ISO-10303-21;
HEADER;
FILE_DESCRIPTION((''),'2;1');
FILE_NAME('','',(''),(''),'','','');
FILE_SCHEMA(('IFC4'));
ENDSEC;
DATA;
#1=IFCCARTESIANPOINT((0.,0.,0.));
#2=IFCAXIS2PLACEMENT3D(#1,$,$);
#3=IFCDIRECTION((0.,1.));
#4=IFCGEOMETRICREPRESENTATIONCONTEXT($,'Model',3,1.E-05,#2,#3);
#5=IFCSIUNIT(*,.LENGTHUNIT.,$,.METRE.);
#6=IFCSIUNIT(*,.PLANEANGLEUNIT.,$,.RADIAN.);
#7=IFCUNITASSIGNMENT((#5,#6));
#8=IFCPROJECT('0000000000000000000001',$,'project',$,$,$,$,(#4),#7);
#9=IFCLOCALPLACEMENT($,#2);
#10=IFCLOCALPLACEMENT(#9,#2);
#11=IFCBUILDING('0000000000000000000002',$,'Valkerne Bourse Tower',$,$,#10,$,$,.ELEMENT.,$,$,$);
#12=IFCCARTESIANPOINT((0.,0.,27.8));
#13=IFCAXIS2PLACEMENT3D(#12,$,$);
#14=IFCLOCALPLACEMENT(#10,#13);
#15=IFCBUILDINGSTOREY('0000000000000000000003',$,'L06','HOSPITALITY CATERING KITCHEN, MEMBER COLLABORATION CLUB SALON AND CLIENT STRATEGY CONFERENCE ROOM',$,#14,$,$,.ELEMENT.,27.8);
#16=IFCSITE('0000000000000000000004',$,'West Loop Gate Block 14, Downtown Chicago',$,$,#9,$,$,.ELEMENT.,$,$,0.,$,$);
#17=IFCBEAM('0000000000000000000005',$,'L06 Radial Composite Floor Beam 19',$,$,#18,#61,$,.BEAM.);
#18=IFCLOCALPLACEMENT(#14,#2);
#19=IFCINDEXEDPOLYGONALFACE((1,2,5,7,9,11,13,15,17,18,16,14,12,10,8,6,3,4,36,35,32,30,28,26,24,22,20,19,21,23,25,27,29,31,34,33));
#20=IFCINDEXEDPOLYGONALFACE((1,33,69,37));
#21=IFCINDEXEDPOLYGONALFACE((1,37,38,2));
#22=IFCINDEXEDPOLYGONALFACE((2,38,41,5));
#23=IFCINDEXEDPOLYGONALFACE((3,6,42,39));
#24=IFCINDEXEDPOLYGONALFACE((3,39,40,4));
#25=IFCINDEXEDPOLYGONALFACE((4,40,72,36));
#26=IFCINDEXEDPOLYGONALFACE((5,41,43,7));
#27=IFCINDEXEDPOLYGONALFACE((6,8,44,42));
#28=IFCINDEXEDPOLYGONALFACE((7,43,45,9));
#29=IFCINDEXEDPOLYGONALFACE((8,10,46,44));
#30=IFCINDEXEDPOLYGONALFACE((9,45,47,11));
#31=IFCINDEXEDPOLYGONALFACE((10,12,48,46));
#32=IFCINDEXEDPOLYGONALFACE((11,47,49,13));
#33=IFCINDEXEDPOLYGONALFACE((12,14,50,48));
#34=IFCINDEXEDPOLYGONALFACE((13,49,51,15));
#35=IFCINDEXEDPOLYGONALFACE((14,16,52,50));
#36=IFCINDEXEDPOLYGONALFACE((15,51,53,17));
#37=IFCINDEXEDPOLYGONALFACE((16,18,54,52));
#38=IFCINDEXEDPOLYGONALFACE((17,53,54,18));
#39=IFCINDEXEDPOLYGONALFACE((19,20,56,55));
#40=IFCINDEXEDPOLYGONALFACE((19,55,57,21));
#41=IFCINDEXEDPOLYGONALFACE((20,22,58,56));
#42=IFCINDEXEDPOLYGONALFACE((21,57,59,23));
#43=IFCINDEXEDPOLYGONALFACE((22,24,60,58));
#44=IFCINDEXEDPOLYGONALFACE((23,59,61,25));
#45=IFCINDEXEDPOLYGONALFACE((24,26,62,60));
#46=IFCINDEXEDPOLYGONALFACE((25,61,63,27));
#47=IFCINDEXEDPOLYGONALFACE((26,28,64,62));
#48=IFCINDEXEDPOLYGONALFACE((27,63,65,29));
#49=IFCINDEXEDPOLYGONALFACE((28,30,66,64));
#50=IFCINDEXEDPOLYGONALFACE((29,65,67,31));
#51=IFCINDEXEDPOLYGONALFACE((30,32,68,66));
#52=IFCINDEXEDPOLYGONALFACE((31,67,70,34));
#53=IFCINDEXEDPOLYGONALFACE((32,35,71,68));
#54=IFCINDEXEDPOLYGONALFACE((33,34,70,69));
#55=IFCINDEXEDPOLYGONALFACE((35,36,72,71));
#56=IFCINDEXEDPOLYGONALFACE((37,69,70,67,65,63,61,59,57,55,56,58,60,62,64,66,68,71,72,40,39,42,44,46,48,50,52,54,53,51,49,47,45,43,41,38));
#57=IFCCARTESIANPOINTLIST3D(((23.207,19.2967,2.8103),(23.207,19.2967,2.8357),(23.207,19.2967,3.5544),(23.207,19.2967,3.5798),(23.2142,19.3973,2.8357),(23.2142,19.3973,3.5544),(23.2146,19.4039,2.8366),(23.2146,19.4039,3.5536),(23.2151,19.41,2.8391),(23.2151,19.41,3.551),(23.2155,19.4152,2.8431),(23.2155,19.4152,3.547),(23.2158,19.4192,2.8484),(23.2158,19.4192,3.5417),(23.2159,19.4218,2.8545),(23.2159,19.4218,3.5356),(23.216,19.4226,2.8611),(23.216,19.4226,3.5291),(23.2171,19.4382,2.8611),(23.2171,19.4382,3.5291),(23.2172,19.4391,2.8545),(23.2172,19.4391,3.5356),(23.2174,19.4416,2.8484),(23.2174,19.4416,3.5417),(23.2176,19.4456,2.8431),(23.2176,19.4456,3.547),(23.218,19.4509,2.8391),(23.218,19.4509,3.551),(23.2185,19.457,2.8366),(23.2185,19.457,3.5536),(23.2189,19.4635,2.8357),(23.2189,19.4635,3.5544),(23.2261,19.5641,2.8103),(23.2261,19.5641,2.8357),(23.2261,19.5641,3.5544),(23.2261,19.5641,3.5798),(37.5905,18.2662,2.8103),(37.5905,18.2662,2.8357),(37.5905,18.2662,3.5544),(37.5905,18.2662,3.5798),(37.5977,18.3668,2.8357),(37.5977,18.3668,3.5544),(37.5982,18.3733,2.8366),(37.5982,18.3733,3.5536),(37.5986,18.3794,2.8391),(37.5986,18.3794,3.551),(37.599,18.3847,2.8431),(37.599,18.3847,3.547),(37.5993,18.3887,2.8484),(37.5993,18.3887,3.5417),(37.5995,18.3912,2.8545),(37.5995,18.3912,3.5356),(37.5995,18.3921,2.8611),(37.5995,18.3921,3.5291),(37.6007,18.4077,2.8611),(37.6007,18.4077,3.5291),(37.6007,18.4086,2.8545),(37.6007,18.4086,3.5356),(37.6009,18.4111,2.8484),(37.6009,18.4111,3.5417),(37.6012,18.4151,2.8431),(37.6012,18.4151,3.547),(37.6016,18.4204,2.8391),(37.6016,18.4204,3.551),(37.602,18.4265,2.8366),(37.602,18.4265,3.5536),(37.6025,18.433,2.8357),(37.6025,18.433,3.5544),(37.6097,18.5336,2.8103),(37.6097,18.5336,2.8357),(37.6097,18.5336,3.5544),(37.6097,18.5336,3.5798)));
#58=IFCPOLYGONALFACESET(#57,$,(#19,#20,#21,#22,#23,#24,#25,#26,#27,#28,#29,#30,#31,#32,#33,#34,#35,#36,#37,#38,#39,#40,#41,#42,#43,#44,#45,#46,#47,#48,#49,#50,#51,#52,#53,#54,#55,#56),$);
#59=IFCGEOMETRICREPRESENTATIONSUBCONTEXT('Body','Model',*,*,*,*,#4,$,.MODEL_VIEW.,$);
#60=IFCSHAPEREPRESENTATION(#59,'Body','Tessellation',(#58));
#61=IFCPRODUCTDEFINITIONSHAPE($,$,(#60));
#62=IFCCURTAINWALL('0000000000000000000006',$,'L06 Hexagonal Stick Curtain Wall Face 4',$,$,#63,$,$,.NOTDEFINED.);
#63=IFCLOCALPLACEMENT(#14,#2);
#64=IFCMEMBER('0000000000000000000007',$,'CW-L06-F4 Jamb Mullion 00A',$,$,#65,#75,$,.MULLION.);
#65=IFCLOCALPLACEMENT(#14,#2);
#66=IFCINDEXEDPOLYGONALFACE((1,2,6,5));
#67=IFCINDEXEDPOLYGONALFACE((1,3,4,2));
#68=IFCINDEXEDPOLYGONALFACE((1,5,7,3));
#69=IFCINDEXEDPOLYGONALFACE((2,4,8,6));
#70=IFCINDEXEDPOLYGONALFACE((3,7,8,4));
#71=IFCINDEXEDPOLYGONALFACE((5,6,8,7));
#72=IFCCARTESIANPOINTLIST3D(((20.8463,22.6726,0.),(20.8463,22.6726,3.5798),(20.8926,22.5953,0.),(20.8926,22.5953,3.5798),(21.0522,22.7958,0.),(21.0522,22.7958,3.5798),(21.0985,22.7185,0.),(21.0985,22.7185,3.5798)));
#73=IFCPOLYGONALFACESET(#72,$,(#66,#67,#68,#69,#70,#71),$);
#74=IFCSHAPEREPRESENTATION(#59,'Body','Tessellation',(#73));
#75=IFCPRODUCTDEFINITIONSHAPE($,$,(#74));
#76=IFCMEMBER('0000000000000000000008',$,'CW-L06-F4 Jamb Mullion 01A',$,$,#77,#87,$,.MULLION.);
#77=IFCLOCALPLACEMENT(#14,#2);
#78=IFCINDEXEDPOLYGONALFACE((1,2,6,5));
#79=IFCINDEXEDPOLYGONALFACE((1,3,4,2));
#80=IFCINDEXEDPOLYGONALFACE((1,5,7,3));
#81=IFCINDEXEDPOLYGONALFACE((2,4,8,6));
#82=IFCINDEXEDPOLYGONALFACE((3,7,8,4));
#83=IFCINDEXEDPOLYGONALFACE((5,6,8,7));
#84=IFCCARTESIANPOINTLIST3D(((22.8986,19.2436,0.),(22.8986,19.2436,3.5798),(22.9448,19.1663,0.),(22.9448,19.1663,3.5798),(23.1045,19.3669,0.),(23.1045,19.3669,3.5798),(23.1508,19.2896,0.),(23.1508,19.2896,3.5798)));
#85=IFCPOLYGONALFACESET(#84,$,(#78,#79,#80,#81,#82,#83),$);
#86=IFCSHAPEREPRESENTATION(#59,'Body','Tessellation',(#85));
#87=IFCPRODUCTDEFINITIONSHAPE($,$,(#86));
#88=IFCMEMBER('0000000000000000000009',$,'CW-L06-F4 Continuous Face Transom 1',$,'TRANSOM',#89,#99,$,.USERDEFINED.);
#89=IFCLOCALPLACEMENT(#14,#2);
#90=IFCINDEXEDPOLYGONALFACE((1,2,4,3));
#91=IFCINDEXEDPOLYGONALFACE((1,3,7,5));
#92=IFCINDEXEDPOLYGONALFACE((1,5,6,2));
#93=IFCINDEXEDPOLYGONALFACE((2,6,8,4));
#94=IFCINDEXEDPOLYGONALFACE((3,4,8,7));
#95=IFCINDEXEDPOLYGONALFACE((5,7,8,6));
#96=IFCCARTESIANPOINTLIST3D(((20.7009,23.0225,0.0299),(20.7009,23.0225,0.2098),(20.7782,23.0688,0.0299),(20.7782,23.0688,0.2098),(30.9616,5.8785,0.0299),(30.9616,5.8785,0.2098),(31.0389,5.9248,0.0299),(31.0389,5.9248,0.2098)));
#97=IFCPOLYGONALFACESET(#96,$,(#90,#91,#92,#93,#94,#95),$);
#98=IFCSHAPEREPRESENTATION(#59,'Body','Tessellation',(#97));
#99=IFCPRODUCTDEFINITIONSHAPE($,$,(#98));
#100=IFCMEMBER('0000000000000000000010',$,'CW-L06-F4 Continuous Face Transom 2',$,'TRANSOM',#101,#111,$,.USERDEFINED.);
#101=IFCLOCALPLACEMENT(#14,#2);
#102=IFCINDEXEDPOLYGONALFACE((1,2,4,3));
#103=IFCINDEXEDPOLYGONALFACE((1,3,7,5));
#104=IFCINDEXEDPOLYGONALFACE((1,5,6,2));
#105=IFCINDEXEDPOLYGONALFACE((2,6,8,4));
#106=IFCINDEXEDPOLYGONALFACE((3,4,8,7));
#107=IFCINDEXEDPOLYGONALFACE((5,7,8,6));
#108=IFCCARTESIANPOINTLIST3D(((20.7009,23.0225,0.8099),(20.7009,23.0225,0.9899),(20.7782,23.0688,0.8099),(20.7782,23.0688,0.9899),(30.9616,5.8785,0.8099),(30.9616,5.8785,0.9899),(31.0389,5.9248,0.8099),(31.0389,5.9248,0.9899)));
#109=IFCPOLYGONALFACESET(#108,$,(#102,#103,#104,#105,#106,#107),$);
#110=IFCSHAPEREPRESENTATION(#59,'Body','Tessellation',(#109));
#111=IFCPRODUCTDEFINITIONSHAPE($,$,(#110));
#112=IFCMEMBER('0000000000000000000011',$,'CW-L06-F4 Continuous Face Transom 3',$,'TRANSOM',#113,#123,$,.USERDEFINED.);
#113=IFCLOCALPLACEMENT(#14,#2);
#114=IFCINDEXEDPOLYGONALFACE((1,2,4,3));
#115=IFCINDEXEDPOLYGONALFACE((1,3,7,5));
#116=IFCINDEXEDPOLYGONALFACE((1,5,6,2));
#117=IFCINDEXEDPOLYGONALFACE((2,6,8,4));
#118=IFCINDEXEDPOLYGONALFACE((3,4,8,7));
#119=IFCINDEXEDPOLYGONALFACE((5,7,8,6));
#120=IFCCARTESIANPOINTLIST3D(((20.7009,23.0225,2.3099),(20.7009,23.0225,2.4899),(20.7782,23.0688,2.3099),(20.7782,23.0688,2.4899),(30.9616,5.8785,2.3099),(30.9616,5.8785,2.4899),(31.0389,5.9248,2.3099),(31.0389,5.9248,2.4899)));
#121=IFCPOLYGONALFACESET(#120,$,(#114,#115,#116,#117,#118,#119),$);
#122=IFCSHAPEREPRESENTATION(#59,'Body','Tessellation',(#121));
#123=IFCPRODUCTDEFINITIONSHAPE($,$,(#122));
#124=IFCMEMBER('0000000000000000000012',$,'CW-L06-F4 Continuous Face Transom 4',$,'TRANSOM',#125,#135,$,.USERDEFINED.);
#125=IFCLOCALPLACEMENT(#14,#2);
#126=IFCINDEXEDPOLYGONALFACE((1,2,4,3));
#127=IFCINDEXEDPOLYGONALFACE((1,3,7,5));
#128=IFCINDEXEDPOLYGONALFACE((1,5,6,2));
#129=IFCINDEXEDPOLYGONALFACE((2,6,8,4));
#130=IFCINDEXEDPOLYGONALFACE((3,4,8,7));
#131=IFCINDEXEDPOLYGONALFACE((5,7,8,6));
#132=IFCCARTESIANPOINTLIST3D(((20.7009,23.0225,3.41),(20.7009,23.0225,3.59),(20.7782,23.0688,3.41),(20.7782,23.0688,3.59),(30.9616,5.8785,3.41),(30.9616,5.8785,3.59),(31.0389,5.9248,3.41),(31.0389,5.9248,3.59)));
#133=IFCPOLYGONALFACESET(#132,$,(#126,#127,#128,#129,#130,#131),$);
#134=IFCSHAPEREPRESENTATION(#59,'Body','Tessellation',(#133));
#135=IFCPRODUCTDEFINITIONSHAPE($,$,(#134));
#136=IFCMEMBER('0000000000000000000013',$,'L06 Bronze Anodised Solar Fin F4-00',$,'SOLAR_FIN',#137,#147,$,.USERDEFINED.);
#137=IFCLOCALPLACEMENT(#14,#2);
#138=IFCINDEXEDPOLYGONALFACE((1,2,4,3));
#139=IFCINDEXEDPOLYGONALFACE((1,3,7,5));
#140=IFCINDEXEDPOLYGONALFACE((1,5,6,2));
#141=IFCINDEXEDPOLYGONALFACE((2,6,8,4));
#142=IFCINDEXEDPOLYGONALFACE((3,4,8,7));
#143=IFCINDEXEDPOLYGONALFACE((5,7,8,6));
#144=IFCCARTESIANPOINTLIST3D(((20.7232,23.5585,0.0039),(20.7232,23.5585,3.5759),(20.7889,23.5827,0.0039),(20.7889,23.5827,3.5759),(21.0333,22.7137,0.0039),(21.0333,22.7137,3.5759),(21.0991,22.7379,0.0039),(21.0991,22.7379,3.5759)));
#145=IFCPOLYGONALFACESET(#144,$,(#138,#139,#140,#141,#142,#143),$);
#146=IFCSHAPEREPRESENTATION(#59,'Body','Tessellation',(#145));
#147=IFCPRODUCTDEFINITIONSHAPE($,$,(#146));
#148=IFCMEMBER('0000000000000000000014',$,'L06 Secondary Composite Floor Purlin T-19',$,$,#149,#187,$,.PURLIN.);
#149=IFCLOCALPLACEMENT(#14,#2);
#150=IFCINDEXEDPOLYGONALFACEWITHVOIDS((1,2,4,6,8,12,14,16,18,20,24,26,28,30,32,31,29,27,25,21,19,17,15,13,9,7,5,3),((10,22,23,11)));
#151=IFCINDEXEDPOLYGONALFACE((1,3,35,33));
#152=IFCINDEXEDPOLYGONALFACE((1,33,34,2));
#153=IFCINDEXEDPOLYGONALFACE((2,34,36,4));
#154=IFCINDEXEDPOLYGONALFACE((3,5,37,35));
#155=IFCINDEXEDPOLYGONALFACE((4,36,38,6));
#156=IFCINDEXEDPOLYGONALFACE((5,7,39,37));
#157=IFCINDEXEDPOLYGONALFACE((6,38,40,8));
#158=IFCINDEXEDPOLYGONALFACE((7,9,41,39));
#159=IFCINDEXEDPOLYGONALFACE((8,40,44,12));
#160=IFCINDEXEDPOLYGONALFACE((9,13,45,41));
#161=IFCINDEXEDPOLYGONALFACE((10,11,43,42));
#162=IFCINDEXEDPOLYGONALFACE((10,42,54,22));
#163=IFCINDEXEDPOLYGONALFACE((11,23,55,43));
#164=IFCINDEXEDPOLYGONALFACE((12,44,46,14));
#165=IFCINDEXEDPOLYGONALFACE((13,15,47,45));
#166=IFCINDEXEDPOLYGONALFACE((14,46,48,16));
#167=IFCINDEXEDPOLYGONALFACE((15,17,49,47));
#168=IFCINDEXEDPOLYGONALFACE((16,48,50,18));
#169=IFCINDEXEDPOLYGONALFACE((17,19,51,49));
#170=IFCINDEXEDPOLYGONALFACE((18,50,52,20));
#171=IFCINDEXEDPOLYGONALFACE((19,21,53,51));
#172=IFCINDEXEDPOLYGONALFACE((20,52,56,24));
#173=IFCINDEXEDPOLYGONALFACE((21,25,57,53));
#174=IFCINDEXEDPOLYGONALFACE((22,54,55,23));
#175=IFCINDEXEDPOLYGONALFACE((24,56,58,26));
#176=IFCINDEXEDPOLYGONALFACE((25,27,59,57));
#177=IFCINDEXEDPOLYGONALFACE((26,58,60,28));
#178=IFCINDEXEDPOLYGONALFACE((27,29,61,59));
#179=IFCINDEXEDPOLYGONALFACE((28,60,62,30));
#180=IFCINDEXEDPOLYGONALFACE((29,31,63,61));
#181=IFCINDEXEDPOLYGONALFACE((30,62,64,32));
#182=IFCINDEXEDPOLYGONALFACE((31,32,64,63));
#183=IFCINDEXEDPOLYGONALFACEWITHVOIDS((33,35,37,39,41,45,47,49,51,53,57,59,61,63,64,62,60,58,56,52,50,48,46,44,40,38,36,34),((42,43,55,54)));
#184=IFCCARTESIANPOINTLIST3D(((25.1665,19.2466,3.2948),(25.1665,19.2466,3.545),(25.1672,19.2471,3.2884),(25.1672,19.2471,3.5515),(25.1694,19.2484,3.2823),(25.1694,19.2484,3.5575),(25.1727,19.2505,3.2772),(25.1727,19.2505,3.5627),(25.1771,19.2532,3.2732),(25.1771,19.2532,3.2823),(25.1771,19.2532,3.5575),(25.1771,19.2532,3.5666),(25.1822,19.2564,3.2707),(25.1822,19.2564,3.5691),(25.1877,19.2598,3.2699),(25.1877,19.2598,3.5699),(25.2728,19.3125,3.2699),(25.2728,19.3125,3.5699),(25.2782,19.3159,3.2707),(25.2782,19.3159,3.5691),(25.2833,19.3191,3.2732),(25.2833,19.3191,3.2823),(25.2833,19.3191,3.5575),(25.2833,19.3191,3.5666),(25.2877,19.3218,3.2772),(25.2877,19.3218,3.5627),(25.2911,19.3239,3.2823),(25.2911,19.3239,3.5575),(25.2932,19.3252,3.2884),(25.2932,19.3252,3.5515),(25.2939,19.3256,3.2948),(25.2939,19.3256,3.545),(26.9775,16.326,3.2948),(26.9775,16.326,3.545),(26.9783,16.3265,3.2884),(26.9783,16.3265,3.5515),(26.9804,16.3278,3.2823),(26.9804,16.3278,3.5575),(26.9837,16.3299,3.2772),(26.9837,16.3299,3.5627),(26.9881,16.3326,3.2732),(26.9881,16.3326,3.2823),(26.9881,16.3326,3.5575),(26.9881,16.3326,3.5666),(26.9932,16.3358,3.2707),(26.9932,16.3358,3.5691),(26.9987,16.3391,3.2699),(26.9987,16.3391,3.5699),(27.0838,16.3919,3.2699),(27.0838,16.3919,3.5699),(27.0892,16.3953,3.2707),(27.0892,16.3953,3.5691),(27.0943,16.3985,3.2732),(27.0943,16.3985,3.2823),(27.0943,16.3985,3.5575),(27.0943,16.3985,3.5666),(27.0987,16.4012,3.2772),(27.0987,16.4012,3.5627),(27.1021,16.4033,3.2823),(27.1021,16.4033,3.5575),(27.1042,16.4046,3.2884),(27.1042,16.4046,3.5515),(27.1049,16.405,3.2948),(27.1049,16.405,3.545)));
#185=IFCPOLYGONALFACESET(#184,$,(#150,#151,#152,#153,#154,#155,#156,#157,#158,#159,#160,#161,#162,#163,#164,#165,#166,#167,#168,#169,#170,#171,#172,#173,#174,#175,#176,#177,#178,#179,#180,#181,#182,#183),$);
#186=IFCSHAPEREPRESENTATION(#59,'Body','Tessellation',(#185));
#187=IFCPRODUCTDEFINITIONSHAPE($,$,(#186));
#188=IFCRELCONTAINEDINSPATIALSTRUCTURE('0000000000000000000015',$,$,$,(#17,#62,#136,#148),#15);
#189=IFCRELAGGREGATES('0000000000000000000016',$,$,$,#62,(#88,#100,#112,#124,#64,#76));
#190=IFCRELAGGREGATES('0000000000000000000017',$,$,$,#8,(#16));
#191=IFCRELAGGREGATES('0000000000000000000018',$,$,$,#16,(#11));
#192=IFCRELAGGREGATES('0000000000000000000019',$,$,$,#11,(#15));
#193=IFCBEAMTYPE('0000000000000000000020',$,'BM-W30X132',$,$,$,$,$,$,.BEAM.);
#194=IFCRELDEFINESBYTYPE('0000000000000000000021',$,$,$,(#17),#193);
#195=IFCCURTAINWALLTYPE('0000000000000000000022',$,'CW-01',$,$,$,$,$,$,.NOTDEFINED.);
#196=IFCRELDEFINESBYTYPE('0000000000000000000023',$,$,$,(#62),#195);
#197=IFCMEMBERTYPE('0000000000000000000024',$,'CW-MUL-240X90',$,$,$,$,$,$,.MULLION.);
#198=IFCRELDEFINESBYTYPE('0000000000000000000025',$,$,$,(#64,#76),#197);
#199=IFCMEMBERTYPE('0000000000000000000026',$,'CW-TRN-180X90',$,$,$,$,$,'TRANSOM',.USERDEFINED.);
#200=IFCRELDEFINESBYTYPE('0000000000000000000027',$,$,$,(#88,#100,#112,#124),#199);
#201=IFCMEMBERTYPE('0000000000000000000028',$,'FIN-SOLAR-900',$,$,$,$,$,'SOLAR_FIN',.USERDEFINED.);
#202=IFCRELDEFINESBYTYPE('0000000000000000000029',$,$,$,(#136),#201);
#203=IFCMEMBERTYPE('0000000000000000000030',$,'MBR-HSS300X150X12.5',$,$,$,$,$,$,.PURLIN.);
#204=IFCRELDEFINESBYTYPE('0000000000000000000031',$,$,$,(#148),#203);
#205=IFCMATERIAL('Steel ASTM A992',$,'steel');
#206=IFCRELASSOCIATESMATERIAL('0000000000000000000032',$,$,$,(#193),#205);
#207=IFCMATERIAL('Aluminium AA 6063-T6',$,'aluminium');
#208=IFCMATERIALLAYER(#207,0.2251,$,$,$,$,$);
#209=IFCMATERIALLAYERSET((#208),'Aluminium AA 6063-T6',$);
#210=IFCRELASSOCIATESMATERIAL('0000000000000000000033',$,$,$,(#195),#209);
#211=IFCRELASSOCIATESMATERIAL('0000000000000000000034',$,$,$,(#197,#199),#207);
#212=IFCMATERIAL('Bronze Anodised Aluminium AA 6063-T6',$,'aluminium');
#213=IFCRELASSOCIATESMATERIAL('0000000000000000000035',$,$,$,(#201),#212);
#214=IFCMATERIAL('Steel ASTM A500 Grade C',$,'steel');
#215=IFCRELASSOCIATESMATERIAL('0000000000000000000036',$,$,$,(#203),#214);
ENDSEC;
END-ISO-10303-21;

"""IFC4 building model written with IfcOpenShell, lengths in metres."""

from ifc_helpers import new_model, si_unit, direction, frame, origin, origin_2d, place, context, subcontext, project, spatial, rectangle, hollow_rectangle, i_section, extrude, material, layer, layer_set, material_profile, profile_set, type_object, element, aggregate, save


model = new_model("IFC4")

# Units and contexts
model_context = context("Model", 3, precision=1e-05, world=origin(), true_north=direction((0.0, 1.0)))
body_context = subcontext(model_context, "Body", "Model", "MODEL_VIEW")
ifc_project = project(units=[si_unit("LENGTHUNIT", "METRE"), si_unit("PLANEANGLEUNIT", "RADIAN")], contexts=[model_context])

# Site, building, storey
site_placement = place(None, origin())
site = spatial("IfcSite", under=ifc_project, at=site_placement, Name="West Loop Gate Block 14, Downtown Chicago", CompositionType="ELEMENT", RefElevation=0.0)
building_placement = place(site_placement, origin())
building = spatial("IfcBuilding", under=site, at=building_placement, Name="Valkerne Bourse Tower", CompositionType="ELEMENT")
storey_placement = place(building_placement, frame((0.0, 0.0, 27.8)))
storey = spatial("IfcBuildingStorey", under=building, at=storey_placement, Name="L06", Description="HOSPITALITY CATERING KITCHEN, MEMBER COLLABORATION CLUB SALON AND CLIENT STRATEGY CONFERENCE ROOM", CompositionType="ELEMENT", Elevation=27.8)

# Beam
ifc_material_1 = material(Name="Steel ASTM A992", Category="steel")
ifc_material_profile_1 = material_profile(ifc_material_1, i_section(OverallWidth=0.2681, OverallDepth=0.7695, WebThickness=0.0156, FlangeThickness=0.0254, FilletRadius=0.0254, at=origin_2d()), Name="W30X132")
ifc_profile_set_1 = profile_set([ifc_material_profile_1], Name="Steel ASTM A992")
beam_type_1 = type_object("IfcBeamType", Name="BM-W30X132", PredefinedType="BEAM", material=ifc_profile_set_1)
beam_placement = place(storey_placement, frame((23.2166, 19.4304, 3.1951), z_axis=(0.997443, -0.071462, 0.0), x_axis=(0.071462, 0.997443, 0.0)))
element("IfcBeam", 1, at=beam_placement, inside=storey, type_object=beam_type_1, Name="L06 Radial Composite Floor Beam 19", PredefinedType="BEAM", context=body_context, shape_type="SweptSolid", body=[
    extrude(i_section(OverallWidth=0.2681, OverallDepth=0.7695, WebThickness=0.0156, FlangeThickness=0.0254, FilletRadius=0.0254, at=origin_2d()), origin(), (0.0, 0.0, 1.0), 14.4204),
])

# Curtain wall, members
ifc_material_2 = material(Name="Aluminium AA 6063-T6", Category="aluminium")
ifc_layer_1 = layer(ifc_material_2, 0.2251)
ifc_layer_set_1 = layer_set([ifc_layer_1], Name="Aluminium AA 6063-T6")
curtain_wall_type = type_object("IfcCurtainWallType", Name="CW-01", PredefinedType="NOTDEFINED", material=ifc_layer_set_1)
curtain_wall_placement = place(storey_placement, origin())
curtain_wall = element("IfcCurtainWall", 2, at=curtain_wall_placement, inside=storey, type_object=curtain_wall_type, Name="L06 Hexagonal Stick Curtain Wall Face 4", PredefinedType="NOTDEFINED")
ifc_material_profile_2 = material_profile(ifc_material_2, rectangle(XDim=0.0901, YDim=0.24, at=origin_2d()), Name="CWM-90X240")
ifc_profile_set_2 = profile_set([ifc_material_profile_2], Name="Aluminium AA 6063-T6")
member_type_1 = type_object("IfcMemberType", Name="CW-MUL-240X90", PredefinedType="MULLION", material=ifc_profile_set_2)
member_1_placement = place(storey_placement, frame((20.9724, 22.6956, 0.0), z_axis=(0.0, 0.0, 1.0), x_axis=(0.513542, -0.858064, 0.0)))
member_1 = element("IfcMember", 3, at=member_1_placement, type_object=member_type_1, Name="CW-L06-F4 Jamb Mullion 00A", PredefinedType="MULLION", context=body_context, shape_type="SweptSolid", body=[
    extrude(rectangle(XDim=0.0901, YDim=0.24, at=origin_2d()), origin(), (0.0, 0.0, 1.0), 3.5798),
])
member_2_placement = place(storey_placement, frame((23.0247, 19.2666, 0.0), z_axis=(0.0, 0.0, 1.0), x_axis=(0.513561, -0.858053, 0.0)))
member_2 = element("IfcMember", 4, at=member_2_placement, type_object=member_type_1, Name="CW-L06-F4 Jamb Mullion 01A", PredefinedType="MULLION", context=body_context, shape_type="SweptSolid", body=[
    extrude(rectangle(XDim=0.0901, YDim=0.24, at=origin_2d()), origin(), (0.0, 0.0, 1.0), 3.5798),
])
ifc_material_profile_3 = material_profile(ifc_material_2, rectangle(XDim=0.0901, YDim=0.1799, at=origin_2d()), Name="CWT-90X180")
ifc_profile_set_3 = profile_set([ifc_material_profile_3], Name="Aluminium AA 6063-T6")
member_type_2 = type_object("IfcMemberType", Name="CW-TRN-180X90", ElementType="TRANSOM", PredefinedType="USERDEFINED", material=ifc_profile_set_3)
member_3_placement = place(storey_placement, frame((20.7395, 23.0457, 0.1199), z_axis=(0.51355, -0.85806, 0.0), x_axis=(0.85806, 0.51355, 0.0)))
member_3 = element("IfcMember", 5, at=member_3_placement, type_object=member_type_2, Name="CW-L06-F4 Continuous Face Transom 1", ObjectType="TRANSOM", PredefinedType="USERDEFINED", context=body_context, shape_type="SweptSolid", body=[
    extrude(rectangle(XDim=0.0901, YDim=0.1799, at=origin_2d()), origin(), (0.0, 0.0, 1.0), 19.98),
])
member_4_placement = place(storey_placement, frame((20.7395, 23.0457, 0.8999), z_axis=(0.51355, -0.85806, 0.0), x_axis=(0.85806, 0.51355, 0.0)))
member_4 = element("IfcMember", 6, at=member_4_placement, type_object=member_type_2, Name="CW-L06-F4 Continuous Face Transom 2", ObjectType="TRANSOM", PredefinedType="USERDEFINED", context=body_context, shape_type="SweptSolid", body=[
    extrude(rectangle(XDim=0.0901, YDim=0.1799, at=origin_2d()), origin(), (0.0, 0.0, 1.0), 19.98),
])
member_5_placement = place(storey_placement, frame((20.7395, 23.0457, 2.3999), z_axis=(0.51355, -0.85806, 0.0), x_axis=(0.85806, 0.51355, 0.0)))
member_5 = element("IfcMember", 7, at=member_5_placement, type_object=member_type_2, Name="CW-L06-F4 Continuous Face Transom 3", ObjectType="TRANSOM", PredefinedType="USERDEFINED", context=body_context, shape_type="SweptSolid", body=[
    extrude(rectangle(XDim=0.0901, YDim=0.1799, at=origin_2d()), origin(), (0.0, 0.0, 1.0), 19.98),
])
member_6_placement = place(storey_placement, frame((20.7395, 23.0457, 3.5), z_axis=(0.51355, -0.85806, 0.0), x_axis=(0.85806, 0.51355, 0.0)))
member_6 = element("IfcMember", 8, at=member_6_placement, type_object=member_type_2, Name="CW-L06-F4 Continuous Face Transom 4", ObjectType="TRANSOM", PredefinedType="USERDEFINED", context=body_context, shape_type="SweptSolid", body=[
    extrude(rectangle(XDim=0.0901, YDim=0.1799, at=origin_2d()), origin(), (0.0, 0.0, 1.0), 19.98),
])

# Members
ifc_material_3 = material(Name="Bronze Anodised Aluminium AA 6063-T6", Category="aluminium")
ifc_material_profile_4 = material_profile(ifc_material_3, rectangle(XDim=0.0701, YDim=0.8999, at=origin_2d()), Name="FIN-70X900")
ifc_profile_set_4 = profile_set([ifc_material_profile_4], Name="Bronze Anodised Aluminium AA 6063-T6")
member_type_3 = type_object("IfcMemberType", Name="FIN-SOLAR-900", ElementType="SOLAR_FIN", PredefinedType="USERDEFINED", material=ifc_profile_set_4)
member_7_placement = place(storey_placement, frame((20.9111, 23.1482, 0.0039), z_axis=(0.0, 0.0, 1.0), x_axis=(-0.938735, -0.344639, 0.0)))
element("IfcMember", 9, at=member_7_placement, inside=storey, type_object=member_type_3, Name="L06 Bronze Anodised Solar Fin F4-00", ObjectType="SOLAR_FIN", PredefinedType="USERDEFINED", context=body_context, shape_type="SweptSolid", body=[
    extrude(rectangle(XDim=0.0701, YDim=0.8999, at=origin_2d()), origin(), (0.0, 0.0, 1.0), 3.572),
])
ifc_material_4 = material(Name="Steel ASTM A500 Grade C", Category="steel")
ifc_material_profile_5 = material_profile(ifc_material_4, hollow_rectangle(XDim=0.1499, YDim=0.3, WallThickness=0.0125, OuterFilletRadius=0.0249, at=origin_2d()), Name="HSS300X150X12.5")
ifc_profile_set_5 = profile_set([ifc_material_profile_5], Name="Steel ASTM A500 Grade C")
member_type_4 = type_object("IfcMemberType", Name="MBR-HSS300X150X12.5", PredefinedType="PURLIN", material=ifc_profile_set_5)
member_8_placement = place(storey_placement, frame((25.2302, 19.2861, 3.4199), z_axis=(0.526988, -0.849873, 0.0), x_axis=(0.849873, 0.526988, 0.0)))
element("IfcMember", 10, at=member_8_placement, inside=storey, type_object=member_type_4, Name="L06 Secondary Composite Floor Purlin T-19", PredefinedType="PURLIN", context=body_context, shape_type="SweptSolid", body=[
    extrude(hollow_rectangle(XDim=0.1499, YDim=0.3, WallThickness=0.0125, OuterFilletRadius=0.0249, at=origin_2d()), origin(), (0.0, 0.0, 1.0), 3.4365),
])

aggregate(curtain_wall, [member_3, member_4, member_5, member_6, member_1, member_2])

save(model, "model.ifc")
